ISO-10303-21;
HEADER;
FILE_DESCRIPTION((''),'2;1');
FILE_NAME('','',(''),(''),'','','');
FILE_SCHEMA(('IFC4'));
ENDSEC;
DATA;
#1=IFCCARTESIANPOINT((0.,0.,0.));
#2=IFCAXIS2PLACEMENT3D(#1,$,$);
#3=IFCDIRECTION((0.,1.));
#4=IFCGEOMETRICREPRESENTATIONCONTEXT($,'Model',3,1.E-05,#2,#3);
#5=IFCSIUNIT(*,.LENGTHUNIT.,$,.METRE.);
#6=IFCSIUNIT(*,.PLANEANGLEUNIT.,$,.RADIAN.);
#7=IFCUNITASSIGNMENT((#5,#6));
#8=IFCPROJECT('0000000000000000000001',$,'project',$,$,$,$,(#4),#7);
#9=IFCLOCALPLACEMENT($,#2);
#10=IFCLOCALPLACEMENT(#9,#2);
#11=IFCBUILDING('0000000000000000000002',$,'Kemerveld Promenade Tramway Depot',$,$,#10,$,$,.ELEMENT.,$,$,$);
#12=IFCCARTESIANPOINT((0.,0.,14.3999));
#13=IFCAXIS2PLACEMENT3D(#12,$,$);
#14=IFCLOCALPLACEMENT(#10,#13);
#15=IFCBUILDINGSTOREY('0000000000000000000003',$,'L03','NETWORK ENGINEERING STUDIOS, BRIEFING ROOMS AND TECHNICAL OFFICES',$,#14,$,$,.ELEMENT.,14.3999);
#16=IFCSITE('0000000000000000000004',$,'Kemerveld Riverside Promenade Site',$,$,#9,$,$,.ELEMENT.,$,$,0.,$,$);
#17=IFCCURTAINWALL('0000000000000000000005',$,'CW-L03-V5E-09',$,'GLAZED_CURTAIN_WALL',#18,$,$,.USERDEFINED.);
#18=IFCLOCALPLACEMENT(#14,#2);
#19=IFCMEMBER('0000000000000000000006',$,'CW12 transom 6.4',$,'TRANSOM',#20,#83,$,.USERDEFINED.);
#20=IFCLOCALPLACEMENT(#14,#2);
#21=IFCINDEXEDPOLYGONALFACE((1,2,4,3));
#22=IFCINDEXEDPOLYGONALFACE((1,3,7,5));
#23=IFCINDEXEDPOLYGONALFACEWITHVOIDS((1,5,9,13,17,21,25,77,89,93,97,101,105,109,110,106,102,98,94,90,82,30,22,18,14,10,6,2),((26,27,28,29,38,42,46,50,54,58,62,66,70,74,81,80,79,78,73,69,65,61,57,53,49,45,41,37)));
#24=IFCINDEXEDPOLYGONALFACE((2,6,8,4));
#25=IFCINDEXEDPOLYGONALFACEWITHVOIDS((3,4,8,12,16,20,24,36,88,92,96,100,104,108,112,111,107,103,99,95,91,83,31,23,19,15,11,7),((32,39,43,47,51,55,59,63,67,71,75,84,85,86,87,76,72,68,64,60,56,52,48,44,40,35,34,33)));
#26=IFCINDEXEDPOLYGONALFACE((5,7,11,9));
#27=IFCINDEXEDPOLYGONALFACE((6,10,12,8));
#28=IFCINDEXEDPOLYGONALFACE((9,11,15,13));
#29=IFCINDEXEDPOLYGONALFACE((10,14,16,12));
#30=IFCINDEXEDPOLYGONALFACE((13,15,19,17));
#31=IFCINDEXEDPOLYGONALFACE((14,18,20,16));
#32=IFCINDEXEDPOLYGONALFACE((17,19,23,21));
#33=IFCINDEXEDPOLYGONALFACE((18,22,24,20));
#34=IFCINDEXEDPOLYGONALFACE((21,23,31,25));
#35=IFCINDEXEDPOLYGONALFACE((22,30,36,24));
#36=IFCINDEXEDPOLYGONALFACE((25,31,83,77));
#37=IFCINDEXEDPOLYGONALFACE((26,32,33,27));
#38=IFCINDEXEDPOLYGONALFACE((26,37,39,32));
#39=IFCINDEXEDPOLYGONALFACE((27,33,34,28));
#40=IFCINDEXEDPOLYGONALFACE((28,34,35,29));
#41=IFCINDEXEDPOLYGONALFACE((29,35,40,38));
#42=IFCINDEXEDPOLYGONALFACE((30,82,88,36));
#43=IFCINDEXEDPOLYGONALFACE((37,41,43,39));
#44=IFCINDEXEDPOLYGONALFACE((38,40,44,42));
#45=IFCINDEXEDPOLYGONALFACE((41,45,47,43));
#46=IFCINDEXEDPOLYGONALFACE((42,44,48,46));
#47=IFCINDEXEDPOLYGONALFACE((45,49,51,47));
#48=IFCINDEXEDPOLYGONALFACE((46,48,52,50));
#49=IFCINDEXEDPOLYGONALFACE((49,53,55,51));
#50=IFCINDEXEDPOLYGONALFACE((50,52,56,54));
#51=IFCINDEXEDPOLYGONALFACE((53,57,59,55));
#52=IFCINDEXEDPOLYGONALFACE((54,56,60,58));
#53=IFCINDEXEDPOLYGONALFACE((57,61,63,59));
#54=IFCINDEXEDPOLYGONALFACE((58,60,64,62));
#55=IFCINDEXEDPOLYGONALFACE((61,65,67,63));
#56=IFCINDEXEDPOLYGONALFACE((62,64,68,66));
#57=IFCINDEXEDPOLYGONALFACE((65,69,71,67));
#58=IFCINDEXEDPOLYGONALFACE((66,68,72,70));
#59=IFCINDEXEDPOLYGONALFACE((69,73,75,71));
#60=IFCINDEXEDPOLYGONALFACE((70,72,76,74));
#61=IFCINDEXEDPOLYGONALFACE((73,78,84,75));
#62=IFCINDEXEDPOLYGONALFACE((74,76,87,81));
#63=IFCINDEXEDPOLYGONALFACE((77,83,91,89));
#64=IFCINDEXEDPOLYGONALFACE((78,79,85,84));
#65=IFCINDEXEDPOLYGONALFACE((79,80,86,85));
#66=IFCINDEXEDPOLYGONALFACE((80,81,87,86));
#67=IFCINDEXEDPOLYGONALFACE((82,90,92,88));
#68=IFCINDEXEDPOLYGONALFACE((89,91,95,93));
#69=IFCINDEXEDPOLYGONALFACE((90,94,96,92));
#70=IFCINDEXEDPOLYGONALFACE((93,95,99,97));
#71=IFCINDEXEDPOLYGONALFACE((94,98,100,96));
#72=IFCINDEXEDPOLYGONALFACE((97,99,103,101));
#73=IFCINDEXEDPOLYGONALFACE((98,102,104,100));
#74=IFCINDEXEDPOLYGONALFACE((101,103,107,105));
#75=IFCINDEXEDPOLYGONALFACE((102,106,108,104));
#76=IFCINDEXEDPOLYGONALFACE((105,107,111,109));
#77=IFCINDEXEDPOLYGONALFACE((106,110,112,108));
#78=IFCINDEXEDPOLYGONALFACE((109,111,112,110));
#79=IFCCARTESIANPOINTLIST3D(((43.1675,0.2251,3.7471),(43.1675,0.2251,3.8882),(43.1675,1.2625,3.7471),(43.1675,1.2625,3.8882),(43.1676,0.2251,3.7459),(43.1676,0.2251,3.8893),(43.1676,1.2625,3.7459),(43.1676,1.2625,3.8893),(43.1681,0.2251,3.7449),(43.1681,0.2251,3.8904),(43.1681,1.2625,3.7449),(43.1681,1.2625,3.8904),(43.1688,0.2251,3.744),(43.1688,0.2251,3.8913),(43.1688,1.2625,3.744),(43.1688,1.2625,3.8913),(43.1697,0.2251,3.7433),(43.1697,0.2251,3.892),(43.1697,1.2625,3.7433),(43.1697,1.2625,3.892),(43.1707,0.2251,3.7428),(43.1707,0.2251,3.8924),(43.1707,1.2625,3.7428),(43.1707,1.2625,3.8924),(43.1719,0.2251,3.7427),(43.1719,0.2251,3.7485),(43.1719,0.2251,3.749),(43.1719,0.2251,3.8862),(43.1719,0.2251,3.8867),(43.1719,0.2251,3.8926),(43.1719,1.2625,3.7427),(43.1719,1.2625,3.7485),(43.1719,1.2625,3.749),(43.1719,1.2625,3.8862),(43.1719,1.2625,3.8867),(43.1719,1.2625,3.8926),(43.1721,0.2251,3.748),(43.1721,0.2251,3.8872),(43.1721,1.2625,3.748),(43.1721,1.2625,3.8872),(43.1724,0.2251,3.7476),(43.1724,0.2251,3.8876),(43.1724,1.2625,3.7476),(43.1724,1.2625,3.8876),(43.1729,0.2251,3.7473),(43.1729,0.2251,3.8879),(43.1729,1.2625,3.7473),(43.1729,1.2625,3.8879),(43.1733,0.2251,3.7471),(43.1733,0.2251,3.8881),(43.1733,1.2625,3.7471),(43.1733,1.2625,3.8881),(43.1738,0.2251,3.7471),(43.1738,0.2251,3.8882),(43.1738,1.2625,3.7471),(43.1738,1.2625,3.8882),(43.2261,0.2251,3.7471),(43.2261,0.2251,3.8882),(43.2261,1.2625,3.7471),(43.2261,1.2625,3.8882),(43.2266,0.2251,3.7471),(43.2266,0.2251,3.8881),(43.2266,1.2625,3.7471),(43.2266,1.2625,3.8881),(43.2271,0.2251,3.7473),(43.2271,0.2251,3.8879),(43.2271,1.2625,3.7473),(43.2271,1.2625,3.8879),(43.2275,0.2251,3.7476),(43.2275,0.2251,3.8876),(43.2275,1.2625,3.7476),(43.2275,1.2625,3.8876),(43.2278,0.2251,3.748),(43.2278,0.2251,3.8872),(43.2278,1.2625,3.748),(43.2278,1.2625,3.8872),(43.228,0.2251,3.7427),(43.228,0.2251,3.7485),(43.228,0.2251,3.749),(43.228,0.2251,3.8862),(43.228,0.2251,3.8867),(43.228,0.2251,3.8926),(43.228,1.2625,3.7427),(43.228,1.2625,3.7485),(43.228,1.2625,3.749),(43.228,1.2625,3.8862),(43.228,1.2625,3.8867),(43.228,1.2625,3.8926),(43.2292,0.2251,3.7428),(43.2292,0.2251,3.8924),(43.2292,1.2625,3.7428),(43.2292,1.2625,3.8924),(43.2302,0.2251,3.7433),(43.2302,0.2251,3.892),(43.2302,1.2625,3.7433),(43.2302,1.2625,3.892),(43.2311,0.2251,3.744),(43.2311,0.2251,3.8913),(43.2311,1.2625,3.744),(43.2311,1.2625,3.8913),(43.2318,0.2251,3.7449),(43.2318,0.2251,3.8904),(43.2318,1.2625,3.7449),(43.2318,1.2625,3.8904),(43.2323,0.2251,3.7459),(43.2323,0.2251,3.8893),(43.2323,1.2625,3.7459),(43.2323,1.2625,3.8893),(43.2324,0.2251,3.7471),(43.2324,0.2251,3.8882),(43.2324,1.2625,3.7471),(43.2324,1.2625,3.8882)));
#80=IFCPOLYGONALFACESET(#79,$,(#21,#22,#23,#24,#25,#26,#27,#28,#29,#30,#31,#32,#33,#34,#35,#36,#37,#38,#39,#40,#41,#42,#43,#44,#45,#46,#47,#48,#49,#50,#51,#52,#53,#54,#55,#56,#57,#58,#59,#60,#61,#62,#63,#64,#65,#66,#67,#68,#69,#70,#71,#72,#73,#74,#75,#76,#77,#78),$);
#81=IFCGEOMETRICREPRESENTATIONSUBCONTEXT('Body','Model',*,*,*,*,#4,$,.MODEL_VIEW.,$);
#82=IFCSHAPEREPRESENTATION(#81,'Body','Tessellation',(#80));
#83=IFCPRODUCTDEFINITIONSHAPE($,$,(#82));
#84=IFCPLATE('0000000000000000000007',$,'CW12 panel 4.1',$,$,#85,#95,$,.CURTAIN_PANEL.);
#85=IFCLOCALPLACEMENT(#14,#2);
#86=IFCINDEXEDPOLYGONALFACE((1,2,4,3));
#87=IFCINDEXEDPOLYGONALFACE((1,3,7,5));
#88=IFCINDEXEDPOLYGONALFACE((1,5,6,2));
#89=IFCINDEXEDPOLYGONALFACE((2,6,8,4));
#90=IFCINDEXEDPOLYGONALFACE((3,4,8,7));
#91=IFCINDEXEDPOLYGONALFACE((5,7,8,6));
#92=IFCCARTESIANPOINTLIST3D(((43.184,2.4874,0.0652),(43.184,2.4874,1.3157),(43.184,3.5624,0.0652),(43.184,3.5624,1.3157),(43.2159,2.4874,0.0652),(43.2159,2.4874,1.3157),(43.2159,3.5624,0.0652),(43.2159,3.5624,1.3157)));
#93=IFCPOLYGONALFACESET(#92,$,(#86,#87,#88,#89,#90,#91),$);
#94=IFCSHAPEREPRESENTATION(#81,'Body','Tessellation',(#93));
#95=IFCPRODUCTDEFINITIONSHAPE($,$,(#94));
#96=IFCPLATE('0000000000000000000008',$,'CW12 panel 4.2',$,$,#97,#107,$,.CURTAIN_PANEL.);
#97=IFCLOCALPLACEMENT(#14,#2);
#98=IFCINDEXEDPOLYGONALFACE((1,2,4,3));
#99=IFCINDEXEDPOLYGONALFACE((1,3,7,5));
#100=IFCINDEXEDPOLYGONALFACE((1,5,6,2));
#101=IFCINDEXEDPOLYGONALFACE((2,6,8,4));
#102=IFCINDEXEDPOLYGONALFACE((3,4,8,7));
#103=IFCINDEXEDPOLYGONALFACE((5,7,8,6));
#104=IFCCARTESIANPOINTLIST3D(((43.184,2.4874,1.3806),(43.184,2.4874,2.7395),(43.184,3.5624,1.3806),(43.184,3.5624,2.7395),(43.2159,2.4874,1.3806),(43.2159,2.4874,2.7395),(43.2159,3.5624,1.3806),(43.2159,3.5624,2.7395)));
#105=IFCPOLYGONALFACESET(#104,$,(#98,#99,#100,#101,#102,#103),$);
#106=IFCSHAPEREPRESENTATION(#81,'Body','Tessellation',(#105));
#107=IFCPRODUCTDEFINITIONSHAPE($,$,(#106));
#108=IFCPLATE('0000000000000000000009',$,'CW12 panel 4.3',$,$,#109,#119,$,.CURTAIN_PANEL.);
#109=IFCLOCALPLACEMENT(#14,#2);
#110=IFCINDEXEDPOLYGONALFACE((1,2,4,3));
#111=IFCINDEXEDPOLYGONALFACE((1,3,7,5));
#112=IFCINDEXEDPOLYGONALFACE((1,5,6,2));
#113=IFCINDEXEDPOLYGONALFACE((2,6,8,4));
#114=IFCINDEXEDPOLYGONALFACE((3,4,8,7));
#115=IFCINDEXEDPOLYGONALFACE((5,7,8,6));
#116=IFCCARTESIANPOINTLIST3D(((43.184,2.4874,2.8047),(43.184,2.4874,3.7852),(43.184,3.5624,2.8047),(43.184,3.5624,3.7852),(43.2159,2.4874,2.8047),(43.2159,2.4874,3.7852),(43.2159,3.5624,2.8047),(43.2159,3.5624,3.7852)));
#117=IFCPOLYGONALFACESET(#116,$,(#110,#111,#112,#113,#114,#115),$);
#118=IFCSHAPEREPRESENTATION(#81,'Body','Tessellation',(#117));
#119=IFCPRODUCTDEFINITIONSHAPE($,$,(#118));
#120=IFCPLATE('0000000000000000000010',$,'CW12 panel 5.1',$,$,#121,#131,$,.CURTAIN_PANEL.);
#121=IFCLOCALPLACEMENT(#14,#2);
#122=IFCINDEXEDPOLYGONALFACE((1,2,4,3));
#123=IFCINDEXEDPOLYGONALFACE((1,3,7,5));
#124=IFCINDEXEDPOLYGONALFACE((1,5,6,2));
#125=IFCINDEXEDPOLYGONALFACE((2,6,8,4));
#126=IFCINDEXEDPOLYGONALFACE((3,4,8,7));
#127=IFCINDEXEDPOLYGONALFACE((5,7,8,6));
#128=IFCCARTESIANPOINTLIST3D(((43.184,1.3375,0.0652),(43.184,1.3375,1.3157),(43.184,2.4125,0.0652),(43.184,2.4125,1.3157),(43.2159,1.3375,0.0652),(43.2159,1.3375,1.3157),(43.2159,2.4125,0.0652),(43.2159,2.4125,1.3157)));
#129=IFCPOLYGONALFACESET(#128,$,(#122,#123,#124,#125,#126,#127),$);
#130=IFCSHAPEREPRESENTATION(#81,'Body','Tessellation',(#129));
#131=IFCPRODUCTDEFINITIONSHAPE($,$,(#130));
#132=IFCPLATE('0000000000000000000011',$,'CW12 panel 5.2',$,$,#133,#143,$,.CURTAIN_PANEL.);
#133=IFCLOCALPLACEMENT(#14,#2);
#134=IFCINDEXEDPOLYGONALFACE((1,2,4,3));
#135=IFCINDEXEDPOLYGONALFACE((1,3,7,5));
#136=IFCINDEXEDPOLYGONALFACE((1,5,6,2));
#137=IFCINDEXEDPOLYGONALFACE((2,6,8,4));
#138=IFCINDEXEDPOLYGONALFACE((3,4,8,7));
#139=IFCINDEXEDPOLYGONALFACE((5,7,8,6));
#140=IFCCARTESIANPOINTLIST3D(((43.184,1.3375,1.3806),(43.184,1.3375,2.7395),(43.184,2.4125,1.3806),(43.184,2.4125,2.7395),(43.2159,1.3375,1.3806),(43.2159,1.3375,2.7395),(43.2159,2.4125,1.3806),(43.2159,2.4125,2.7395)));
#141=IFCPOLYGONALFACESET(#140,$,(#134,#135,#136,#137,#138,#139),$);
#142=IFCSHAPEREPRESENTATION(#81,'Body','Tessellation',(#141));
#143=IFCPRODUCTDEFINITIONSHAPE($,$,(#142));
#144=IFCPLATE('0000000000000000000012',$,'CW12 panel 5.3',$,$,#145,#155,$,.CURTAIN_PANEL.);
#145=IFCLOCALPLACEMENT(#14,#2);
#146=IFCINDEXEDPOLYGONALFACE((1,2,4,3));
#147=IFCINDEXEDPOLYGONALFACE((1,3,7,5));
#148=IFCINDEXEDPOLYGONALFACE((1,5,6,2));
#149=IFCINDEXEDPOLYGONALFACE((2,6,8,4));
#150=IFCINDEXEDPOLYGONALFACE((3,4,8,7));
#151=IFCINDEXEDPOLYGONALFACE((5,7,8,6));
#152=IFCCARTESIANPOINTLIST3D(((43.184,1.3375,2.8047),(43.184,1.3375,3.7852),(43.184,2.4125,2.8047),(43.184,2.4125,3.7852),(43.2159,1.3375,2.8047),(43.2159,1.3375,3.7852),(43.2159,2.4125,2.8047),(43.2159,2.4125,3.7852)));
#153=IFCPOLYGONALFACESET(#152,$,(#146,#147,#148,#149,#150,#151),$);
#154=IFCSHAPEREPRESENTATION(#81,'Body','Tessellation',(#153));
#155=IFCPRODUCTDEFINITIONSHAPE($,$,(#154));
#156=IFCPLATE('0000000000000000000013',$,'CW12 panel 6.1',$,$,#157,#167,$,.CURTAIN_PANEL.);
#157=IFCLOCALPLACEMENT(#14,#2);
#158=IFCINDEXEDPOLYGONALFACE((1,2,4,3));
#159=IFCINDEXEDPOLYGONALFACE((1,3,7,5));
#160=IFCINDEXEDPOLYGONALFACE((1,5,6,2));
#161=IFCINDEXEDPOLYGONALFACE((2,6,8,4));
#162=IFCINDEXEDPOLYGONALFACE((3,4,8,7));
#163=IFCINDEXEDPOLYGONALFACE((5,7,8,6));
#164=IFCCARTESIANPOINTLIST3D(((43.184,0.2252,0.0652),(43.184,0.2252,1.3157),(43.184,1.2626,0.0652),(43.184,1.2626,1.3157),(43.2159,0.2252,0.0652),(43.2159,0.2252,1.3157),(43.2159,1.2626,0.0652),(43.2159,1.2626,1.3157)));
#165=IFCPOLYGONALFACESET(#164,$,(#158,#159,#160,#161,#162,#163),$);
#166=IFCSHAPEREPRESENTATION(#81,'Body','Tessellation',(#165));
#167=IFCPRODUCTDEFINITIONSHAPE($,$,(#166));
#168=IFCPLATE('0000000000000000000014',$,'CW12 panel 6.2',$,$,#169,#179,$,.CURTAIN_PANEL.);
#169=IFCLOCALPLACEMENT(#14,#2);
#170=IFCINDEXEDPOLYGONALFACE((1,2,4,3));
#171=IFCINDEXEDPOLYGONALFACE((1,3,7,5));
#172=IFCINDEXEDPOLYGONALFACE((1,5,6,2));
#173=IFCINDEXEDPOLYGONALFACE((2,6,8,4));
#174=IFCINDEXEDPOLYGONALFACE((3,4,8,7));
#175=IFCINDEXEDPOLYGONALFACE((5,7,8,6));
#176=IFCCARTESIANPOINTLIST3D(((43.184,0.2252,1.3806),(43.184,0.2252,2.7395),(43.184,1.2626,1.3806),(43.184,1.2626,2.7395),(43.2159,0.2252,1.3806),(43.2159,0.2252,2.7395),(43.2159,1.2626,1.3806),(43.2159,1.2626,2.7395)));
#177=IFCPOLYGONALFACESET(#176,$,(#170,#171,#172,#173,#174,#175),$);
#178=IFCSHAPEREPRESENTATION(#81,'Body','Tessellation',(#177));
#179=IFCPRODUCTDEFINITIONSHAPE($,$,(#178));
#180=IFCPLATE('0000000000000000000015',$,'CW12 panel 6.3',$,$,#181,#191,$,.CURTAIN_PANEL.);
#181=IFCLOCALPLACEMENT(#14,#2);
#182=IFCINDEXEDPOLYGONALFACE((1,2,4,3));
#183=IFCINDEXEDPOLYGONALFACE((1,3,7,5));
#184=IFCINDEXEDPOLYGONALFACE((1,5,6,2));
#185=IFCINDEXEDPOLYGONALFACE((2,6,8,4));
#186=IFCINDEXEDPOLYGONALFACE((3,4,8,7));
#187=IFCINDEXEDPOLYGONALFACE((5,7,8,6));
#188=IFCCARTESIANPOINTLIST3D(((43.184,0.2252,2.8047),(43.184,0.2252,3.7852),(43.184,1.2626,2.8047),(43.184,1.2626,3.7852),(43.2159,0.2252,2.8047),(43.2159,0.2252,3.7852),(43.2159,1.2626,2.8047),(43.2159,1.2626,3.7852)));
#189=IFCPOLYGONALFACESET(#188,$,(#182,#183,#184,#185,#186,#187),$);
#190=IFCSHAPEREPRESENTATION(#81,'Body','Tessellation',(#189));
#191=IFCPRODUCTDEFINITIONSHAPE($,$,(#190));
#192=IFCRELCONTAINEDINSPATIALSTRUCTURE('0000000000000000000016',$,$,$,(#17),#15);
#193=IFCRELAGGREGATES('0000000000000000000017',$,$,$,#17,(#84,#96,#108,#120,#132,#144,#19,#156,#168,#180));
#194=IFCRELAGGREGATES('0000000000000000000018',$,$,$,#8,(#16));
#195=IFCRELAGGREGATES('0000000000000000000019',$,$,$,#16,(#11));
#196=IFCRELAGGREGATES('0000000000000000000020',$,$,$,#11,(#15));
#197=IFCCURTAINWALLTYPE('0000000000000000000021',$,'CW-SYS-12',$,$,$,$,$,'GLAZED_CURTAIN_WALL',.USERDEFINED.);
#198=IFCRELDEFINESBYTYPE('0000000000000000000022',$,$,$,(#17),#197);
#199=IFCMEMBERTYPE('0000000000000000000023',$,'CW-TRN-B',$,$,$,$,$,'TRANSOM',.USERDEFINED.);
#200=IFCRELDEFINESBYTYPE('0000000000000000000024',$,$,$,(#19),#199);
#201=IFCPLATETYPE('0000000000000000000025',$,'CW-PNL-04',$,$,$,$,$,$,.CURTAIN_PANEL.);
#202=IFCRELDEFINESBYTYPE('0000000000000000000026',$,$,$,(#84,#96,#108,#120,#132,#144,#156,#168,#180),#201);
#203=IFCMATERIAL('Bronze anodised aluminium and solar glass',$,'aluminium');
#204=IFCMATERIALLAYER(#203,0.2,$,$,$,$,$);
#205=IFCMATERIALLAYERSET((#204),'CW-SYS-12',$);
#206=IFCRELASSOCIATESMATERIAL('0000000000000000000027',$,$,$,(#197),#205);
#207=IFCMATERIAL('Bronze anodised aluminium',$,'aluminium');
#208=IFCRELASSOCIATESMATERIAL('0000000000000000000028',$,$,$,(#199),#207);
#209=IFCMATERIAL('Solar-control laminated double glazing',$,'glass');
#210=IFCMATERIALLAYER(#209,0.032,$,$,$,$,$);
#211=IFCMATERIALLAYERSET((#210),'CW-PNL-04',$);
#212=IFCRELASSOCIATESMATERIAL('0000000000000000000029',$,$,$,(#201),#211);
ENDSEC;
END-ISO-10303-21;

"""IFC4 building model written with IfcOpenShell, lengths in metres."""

from ifc_helpers import new_model, si_unit, direction, frame, origin, origin_2d, place, context, subcontext, project, spatial, rectangle, hollow_rectangle, extrude, material, layer, layer_set, material_profile, profile_set, type_object, element, aggregate, save


model = new_model("IFC4")

# Units and contexts
model_context = context("Model", 3, precision=1e-05, world=origin(), true_north=direction((0.0, 1.0)))
body_context = subcontext(model_context, "Body", "Model", "MODEL_VIEW")
ifc_project = project(units=[si_unit("LENGTHUNIT", "METRE"), si_unit("PLANEANGLEUNIT", "RADIAN")], contexts=[model_context])

# Site, building, storey
site_placement = place(None, origin())
site = spatial("IfcSite", under=ifc_project, at=site_placement, Name="Kemerveld Riverside Promenade Site", CompositionType="ELEMENT", RefElevation=0.0)
building_placement = place(site_placement, origin())
building = spatial("IfcBuilding", under=site, at=building_placement, Name="Kemerveld Promenade Tramway Depot", CompositionType="ELEMENT")
storey_placement = place(building_placement, frame((0.0, 0.0, 14.3999)))
storey = spatial("IfcBuildingStorey", under=building, at=storey_placement, Name="L03", Description="NETWORK ENGINEERING STUDIOS, BRIEFING ROOMS AND TECHNICAL OFFICES", CompositionType="ELEMENT", Elevation=14.3999)

# Curtain wall, member, plates
ifc_material_1 = material(Name="Bronze anodised aluminium and solar glass", Category="aluminium")
ifc_layer_1 = layer(ifc_material_1, 0.2)
ifc_layer_set_1 = layer_set([ifc_layer_1], Name="CW-SYS-12")
curtain_wall_type = type_object("IfcCurtainWallType", Name="CW-SYS-12", ElementType="GLAZED_CURTAIN_WALL", PredefinedType="USERDEFINED", material=ifc_layer_set_1)
curtain_wall_placement = place(storey_placement, origin())
curtain_wall = element("IfcCurtainWall", 1, at=curtain_wall_placement, inside=storey, type_object=curtain_wall_type, Name="CW-L03-V5E-09", ObjectType="GLAZED_CURTAIN_WALL", PredefinedType="USERDEFINED")
ifc_material_2 = material(Name="Bronze anodised aluminium", Category="aluminium")
ifc_material_profile_1 = material_profile(ifc_material_2, hollow_rectangle(XDim=0.0649, YDim=0.1499, WallThickness=0.0044, InnerFilletRadius=0.002, OuterFilletRadius=0.0044, at=origin_2d()), Name="CW-TRN-150x65")
ifc_profile_set_1 = profile_set([ifc_material_profile_1], Name="Bronze anodised aluminium")
member_type_1 = type_object("IfcMemberType", Name="CW-TRN-B", ElementType="TRANSOM", PredefinedType="USERDEFINED", material=ifc_profile_set_1)
member_1_placement = place(storey_placement, frame((43.2, 1.2625, 3.8176), z_axis=(0.0, -1.0, 0.0), x_axis=(1.0, 0.0, 0.0)))
member_1 = element("IfcMember", 2, at=member_1_placement, type_object=member_type_1, Name="CW12 transom 6.4", ObjectType="TRANSOM", PredefinedType="USERDEFINED", context=body_context, shape_type="SweptSolid", body=[
    extrude(hollow_rectangle(XDim=0.0649, YDim=0.1499, WallThickness=0.0044, InnerFilletRadius=0.002, OuterFilletRadius=0.0044, at=origin_2d()), origin(), (0.0, 0.0, 1.0), 1.0374),
])
ifc_material_3 = material(Name="Solar-control laminated double glazing", Category="glass")
ifc_layer_2 = layer(ifc_material_3, 0.032)
ifc_layer_set_2 = layer_set([ifc_layer_2], Name="CW-PNL-04")
plate_type = type_object("IfcPlateType", Name="CW-PNL-04", PredefinedType="CURTAIN_PANEL", material=ifc_layer_set_2)
plate_1_placement = place(storey_placement, frame((43.2, 3.0249, 0.0652), z_axis=(0.0, 0.0, 1.0), x_axis=(0.0, -1.0, 0.0)))
plate_1 = element("IfcPlate", 3, at=plate_1_placement, type_object=plate_type, Name="CW12 panel 4.1", PredefinedType="CURTAIN_PANEL", context=body_context, shape_type="SweptSolid", body=[
    extrude(rectangle(XDim=1.075, YDim=0.032, at=origin_2d()), origin(), (0.0, 0.0, 1.0), 1.2505),
])
plate_2_placement = place(storey_placement, frame((43.2, 3.0249, 1.3806), z_axis=(0.0, 0.0, 1.0), x_axis=(0.0, -1.0, 0.0)))
plate_2 = element("IfcPlate", 4, at=plate_2_placement, type_object=plate_type, Name="CW12 panel 4.2", PredefinedType="CURTAIN_PANEL", context=body_context, shape_type="SweptSolid", body=[
    extrude(rectangle(XDim=1.075, YDim=0.032, at=origin_2d()), origin(), (0.0, 0.0, 1.0), 1.3589),
])
plate_3_placement = place(storey_placement, frame((43.2, 3.0249, 2.8047), z_axis=(0.0, 0.0, 1.0), x_axis=(0.0, -1.0, 0.0)))
plate_3 = element("IfcPlate", 5, at=plate_3_placement, type_object=plate_type, Name="CW12 panel 4.3", PredefinedType="CURTAIN_PANEL", context=body_context, shape_type="SweptSolid", body=[
    extrude(rectangle(XDim=1.075, YDim=0.032, at=origin_2d()), origin(), (0.0, 0.0, 1.0), 0.9805),
])
plate_4_placement = place(storey_placement, frame((43.2, 1.875, 0.0652), z_axis=(0.0, 0.0, 1.0), x_axis=(0.0, -1.0, 0.0)))
plate_4 = element("IfcPlate", 6, at=plate_4_placement, type_object=plate_type, Name="CW12 panel 5.1", PredefinedType="CURTAIN_PANEL", context=body_context, shape_type="SweptSolid", body=[
    extrude(rectangle(XDim=1.075, YDim=0.032, at=origin_2d()), origin(), (0.0, 0.0, 1.0), 1.2505),
])
plate_5_placement = place(storey_placement, frame((43.2, 1.875, 1.3806), z_axis=(0.0, 0.0, 1.0), x_axis=(0.0, -1.0, 0.0)))
plate_5 = element("IfcPlate", 7, at=plate_5_placement, type_object=plate_type, Name="CW12 panel 5.2", PredefinedType="CURTAIN_PANEL", context=body_context, shape_type="SweptSolid", body=[
    extrude(rectangle(XDim=1.075, YDim=0.032, at=origin_2d()), origin(), (0.0, 0.0, 1.0), 1.3589),
])
plate_6_placement = place(storey_placement, frame((43.2, 1.875, 2.8047), z_axis=(0.0, 0.0, 1.0), x_axis=(0.0, -1.0, 0.0)))
plate_6 = element("IfcPlate", 8, at=plate_6_placement, type_object=plate_type, Name="CW12 panel 5.3", PredefinedType="CURTAIN_PANEL", context=body_context, shape_type="SweptSolid", body=[
    extrude(rectangle(XDim=1.075, YDim=0.032, at=origin_2d()), origin(), (0.0, 0.0, 1.0), 0.9805),
])
plate_7_placement = place(storey_placement, frame((43.2, 0.7439, 0.0652), z_axis=(0.0, 0.0, 1.0), x_axis=(0.0, -1.0, 0.0)))
plate_7 = element("IfcPlate", 9, at=plate_7_placement, type_object=plate_type, Name="CW12 panel 6.1", PredefinedType="CURTAIN_PANEL", context=body_context, shape_type="SweptSolid", body=[
    extrude(rectangle(XDim=1.0374, YDim=0.032, at=origin_2d()), origin(), (0.0, 0.0, 1.0), 1.2505),
])
plate_8_placement = place(storey_placement, frame((43.2, 0.7439, 1.3806), z_axis=(0.0, 0.0, 1.0), x_axis=(0.0, -1.0, 0.0)))
plate_8 = element("IfcPlate", 10, at=plate_8_placement, type_object=plate_type, Name="CW12 panel 6.2", PredefinedType="CURTAIN_PANEL", context=body_context, shape_type="SweptSolid", body=[
    extrude(rectangle(XDim=1.0374, YDim=0.032, at=origin_2d()), origin(), (0.0, 0.0, 1.0), 1.3589),
])
plate_9_placement = place(storey_placement, frame((43.2, 0.7439, 2.8047), z_axis=(0.0, 0.0, 1.0), x_axis=(0.0, -1.0, 0.0)))
plate_9 = element("IfcPlate", 11, at=plate_9_placement, type_object=plate_type, Name="CW12 panel 6.3", PredefinedType="CURTAIN_PANEL", context=body_context, shape_type="SweptSolid", body=[
    extrude(rectangle(XDim=1.0374, YDim=0.032, at=origin_2d()), origin(), (0.0, 0.0, 1.0), 0.9805),
])
aggregate(curtain_wall, [plate_1, plate_2, plate_3, plate_4, plate_5, plate_6, member_1, plate_7, plate_8, plate_9])

save(model, "model.ifc")
